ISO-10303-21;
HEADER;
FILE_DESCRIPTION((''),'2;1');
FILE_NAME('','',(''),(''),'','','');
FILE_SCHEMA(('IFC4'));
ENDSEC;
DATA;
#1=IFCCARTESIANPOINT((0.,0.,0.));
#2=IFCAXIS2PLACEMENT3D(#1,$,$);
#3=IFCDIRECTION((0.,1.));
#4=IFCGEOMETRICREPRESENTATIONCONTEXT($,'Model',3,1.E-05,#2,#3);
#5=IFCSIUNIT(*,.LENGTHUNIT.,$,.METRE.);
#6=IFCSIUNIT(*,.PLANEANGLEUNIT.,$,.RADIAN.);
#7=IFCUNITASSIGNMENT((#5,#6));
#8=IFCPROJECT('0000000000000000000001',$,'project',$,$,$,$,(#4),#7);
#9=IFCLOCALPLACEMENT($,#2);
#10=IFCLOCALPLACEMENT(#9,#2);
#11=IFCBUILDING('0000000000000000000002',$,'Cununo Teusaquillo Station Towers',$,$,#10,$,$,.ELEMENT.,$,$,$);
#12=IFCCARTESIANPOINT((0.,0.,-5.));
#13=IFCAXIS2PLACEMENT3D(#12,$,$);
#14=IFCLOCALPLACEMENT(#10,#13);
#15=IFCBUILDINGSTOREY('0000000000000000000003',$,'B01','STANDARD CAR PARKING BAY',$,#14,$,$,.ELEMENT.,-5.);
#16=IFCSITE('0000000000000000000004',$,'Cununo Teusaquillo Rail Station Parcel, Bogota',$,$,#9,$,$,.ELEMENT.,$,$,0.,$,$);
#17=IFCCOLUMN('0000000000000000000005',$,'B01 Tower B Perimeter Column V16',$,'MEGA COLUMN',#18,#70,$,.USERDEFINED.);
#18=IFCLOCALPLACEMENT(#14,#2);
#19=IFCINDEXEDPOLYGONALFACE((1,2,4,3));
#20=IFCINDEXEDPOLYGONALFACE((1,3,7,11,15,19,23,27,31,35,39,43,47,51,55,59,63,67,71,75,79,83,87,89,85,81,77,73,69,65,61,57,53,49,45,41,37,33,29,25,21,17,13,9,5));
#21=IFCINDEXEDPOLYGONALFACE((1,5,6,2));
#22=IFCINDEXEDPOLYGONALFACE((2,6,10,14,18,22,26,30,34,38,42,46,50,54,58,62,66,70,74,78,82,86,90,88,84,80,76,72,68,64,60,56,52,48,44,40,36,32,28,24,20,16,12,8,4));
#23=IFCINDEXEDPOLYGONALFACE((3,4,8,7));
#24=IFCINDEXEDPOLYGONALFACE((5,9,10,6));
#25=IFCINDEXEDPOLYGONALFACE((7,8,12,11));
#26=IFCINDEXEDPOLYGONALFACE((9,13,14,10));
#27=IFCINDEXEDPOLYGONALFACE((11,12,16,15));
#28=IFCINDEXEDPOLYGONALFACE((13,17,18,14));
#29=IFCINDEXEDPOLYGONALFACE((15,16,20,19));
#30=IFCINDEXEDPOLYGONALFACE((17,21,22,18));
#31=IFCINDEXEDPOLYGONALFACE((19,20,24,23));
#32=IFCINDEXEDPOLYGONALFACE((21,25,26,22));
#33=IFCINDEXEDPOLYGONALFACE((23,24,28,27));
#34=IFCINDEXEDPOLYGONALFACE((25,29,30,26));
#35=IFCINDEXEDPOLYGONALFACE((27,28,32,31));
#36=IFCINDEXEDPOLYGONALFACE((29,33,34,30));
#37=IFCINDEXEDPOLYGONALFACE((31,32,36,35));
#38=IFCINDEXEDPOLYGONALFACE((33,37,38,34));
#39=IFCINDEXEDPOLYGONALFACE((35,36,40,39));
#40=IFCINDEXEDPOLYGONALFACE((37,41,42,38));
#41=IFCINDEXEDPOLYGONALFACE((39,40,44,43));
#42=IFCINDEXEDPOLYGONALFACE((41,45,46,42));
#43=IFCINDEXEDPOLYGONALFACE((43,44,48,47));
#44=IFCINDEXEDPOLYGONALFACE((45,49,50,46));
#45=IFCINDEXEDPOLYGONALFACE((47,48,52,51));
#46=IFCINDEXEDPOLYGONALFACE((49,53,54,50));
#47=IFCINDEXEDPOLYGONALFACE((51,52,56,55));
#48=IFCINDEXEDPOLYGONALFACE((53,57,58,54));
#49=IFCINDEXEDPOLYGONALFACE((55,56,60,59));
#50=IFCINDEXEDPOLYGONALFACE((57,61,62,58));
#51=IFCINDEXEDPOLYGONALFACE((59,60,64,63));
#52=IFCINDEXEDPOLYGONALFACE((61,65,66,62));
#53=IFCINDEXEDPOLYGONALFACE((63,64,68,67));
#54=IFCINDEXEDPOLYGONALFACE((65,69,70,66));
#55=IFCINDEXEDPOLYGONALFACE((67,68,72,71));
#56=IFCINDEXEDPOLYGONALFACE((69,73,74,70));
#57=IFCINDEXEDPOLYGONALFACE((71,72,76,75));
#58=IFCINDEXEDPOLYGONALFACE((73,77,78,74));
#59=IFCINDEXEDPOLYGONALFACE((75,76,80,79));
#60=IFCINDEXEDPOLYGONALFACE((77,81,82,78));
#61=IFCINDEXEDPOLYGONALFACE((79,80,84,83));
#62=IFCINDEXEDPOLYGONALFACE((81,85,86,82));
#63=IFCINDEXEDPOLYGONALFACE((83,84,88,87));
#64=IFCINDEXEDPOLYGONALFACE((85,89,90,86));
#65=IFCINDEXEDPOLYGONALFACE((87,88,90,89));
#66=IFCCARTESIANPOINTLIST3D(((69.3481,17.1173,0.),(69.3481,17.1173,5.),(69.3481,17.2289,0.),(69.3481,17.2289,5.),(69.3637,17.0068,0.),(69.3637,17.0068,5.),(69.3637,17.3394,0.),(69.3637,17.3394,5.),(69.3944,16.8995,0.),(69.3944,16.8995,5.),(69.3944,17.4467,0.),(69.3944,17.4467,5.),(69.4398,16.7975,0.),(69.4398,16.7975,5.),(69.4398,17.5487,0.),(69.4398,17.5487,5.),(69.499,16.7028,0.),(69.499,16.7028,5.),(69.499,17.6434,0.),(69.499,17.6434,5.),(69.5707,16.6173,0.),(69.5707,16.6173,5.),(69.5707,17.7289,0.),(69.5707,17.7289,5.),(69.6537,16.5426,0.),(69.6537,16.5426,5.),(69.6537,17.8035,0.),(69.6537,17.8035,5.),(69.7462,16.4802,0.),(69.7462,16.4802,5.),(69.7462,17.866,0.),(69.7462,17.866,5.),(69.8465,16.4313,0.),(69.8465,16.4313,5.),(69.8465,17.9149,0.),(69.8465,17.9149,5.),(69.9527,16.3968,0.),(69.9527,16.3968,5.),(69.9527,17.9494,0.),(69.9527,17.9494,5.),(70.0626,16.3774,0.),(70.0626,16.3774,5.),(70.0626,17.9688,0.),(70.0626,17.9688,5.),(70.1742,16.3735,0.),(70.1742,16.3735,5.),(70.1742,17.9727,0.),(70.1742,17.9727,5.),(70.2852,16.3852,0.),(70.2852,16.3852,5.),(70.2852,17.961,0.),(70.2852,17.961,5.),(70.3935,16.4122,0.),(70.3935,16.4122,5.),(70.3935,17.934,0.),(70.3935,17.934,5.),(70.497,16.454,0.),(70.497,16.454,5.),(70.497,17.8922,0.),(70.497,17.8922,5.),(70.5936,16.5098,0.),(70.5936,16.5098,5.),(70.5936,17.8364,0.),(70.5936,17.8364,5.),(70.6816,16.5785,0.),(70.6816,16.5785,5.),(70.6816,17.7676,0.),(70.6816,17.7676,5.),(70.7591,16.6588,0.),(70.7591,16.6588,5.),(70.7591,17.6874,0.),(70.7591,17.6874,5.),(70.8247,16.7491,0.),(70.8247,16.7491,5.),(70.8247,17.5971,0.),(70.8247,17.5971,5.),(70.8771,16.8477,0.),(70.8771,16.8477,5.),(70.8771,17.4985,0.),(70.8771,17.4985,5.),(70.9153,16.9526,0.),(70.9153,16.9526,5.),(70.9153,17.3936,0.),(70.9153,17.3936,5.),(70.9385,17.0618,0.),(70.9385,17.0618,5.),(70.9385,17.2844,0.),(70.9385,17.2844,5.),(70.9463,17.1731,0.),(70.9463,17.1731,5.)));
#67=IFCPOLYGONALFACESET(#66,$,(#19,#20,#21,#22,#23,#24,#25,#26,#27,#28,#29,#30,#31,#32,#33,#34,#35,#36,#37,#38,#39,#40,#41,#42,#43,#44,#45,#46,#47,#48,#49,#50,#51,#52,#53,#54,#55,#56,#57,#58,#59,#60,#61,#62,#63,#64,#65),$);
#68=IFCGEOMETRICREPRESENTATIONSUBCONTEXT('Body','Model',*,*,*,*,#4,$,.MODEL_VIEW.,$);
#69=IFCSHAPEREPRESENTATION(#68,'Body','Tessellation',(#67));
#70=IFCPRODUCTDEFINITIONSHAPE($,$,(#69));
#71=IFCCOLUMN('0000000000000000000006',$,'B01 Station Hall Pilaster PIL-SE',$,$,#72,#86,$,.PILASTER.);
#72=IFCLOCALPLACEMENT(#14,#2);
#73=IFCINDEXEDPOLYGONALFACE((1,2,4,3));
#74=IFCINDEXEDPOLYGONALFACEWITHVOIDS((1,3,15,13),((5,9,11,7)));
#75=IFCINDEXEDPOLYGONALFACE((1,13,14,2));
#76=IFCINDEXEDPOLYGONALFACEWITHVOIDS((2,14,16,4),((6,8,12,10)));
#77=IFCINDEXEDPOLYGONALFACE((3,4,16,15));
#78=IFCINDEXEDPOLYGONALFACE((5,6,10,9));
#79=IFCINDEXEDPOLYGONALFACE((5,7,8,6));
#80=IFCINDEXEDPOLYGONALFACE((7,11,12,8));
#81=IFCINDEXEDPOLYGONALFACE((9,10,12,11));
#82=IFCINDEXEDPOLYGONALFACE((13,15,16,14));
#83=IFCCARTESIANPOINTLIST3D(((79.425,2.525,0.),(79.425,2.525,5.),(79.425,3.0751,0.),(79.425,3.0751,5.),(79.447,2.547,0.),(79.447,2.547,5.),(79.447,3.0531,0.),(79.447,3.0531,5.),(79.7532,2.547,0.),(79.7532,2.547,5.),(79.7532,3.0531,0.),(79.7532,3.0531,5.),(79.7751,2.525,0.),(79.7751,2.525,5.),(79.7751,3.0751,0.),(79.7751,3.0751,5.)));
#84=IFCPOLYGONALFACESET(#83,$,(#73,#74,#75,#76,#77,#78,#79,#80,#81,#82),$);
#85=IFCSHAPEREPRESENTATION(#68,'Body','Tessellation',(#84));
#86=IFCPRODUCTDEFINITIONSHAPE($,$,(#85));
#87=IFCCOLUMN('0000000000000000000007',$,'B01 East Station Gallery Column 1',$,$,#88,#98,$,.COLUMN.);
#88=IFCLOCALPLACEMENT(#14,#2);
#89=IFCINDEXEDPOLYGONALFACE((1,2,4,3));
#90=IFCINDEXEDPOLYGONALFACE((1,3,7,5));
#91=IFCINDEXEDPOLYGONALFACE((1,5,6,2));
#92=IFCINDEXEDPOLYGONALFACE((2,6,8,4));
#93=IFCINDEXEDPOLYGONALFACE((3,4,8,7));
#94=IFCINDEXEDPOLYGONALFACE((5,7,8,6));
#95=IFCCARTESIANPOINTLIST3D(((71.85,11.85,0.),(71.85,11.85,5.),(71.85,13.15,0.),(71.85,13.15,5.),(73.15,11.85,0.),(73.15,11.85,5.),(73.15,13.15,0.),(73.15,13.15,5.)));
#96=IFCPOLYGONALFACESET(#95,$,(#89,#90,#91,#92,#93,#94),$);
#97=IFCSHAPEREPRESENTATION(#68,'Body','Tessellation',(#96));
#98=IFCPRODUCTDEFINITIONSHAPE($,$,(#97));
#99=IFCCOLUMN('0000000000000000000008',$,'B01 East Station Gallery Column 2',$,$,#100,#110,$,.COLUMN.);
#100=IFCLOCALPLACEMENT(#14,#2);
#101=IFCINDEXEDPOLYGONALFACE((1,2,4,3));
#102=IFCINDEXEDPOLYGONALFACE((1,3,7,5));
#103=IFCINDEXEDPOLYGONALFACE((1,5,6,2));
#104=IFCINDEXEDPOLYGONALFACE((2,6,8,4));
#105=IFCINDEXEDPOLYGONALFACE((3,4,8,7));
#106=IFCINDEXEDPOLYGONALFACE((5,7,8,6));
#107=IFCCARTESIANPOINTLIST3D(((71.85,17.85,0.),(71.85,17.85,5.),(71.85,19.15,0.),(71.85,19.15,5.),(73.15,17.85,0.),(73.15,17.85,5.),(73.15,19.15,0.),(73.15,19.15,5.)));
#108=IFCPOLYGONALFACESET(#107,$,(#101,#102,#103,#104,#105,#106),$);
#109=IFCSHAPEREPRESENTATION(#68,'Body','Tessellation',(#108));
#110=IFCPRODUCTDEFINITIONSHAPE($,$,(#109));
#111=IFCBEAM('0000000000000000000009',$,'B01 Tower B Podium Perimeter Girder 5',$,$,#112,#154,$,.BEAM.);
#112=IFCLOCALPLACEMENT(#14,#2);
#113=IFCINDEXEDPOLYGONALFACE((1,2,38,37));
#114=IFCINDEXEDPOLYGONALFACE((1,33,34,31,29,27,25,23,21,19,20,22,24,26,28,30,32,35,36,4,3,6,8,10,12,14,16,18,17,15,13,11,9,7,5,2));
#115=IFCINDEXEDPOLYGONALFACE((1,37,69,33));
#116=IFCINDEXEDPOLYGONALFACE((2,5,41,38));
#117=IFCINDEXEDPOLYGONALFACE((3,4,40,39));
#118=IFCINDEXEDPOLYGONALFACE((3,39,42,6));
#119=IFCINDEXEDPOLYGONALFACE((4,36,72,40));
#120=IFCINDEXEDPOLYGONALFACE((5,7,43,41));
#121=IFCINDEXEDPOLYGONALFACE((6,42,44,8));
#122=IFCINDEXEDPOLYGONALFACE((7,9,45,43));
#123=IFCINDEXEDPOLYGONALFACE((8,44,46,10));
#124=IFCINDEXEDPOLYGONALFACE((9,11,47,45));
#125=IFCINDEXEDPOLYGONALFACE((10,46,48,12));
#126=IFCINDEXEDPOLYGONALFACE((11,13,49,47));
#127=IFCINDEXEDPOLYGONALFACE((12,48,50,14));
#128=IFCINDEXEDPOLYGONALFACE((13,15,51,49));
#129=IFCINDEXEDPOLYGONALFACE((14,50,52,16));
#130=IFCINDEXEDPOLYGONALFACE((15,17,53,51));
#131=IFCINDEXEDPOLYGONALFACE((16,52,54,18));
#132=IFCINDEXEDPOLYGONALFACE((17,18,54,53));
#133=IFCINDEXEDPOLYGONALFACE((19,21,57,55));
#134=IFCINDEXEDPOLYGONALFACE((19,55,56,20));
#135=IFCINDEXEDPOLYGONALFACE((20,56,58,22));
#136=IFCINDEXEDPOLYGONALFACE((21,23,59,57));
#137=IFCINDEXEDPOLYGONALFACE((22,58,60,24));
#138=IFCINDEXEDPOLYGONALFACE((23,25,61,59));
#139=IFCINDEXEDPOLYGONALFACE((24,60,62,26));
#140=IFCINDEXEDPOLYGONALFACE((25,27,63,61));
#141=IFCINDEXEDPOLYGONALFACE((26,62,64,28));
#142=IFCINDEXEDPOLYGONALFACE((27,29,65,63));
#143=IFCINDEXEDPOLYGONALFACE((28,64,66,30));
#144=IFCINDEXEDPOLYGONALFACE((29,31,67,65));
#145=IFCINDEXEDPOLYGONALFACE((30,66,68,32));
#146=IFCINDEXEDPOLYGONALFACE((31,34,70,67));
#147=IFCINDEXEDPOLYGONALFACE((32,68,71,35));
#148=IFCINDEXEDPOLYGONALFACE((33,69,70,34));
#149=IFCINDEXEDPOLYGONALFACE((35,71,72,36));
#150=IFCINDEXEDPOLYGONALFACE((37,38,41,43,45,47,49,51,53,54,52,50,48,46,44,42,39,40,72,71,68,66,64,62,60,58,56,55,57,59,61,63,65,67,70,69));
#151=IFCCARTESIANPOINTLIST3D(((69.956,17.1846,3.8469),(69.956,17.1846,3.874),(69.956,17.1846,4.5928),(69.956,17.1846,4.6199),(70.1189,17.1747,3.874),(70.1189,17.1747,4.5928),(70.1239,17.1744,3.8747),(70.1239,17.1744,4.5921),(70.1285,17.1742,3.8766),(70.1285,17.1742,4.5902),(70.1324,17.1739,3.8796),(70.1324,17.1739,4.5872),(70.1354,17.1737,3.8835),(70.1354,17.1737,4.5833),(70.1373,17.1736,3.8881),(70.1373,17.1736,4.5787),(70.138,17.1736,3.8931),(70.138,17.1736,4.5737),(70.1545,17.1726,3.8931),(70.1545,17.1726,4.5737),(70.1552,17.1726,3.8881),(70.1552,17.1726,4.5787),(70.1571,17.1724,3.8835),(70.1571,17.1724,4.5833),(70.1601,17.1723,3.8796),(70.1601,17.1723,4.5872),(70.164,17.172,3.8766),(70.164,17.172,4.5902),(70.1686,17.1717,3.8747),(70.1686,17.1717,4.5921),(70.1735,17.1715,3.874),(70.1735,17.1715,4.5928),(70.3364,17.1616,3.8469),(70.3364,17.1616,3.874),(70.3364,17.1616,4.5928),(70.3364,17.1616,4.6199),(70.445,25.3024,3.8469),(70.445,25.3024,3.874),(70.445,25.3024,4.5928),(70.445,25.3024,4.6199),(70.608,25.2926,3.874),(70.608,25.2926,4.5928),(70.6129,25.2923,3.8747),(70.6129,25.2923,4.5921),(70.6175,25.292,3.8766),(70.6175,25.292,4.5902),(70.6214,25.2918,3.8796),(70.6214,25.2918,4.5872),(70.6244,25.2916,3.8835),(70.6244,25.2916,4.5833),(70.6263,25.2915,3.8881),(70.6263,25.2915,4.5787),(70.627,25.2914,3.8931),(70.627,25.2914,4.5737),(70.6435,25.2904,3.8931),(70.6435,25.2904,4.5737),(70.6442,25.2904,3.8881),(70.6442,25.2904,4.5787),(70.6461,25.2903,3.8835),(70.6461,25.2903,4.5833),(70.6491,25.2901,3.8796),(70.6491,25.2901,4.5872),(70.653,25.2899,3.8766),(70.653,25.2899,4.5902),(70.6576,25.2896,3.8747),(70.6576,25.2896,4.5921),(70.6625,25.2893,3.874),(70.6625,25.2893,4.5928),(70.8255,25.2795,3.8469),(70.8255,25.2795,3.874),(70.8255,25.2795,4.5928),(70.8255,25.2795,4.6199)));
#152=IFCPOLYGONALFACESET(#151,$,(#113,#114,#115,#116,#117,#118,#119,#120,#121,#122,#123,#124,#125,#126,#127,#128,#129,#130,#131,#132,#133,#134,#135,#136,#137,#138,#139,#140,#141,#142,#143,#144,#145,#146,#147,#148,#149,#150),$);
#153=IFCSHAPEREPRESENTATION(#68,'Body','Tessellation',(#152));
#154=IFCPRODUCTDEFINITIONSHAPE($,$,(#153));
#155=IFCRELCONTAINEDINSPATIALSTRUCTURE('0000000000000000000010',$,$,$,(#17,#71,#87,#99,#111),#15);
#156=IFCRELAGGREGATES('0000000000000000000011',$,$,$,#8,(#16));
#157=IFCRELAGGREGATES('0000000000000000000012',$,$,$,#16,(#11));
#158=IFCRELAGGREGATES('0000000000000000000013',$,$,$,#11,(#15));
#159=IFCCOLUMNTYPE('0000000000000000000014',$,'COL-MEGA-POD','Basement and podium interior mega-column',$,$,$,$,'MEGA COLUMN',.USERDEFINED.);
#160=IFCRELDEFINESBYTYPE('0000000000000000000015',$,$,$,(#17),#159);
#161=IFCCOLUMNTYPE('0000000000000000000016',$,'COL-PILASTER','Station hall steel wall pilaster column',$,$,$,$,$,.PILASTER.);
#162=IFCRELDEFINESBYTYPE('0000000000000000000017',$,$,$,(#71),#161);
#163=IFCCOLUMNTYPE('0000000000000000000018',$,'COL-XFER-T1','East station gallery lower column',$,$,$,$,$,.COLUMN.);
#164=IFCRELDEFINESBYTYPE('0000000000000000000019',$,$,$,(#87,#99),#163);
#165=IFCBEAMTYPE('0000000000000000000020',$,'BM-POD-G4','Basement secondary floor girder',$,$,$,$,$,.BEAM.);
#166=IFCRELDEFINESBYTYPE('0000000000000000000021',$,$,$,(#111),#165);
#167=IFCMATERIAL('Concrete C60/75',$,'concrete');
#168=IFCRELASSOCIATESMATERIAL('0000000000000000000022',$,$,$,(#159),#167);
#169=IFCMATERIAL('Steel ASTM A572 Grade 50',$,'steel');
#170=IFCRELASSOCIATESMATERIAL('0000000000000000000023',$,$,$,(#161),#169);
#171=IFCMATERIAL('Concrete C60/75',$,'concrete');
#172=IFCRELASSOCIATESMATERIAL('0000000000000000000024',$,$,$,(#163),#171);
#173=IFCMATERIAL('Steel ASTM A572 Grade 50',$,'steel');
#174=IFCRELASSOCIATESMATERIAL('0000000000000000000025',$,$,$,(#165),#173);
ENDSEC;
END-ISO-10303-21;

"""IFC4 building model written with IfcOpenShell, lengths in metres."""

from ifc_helpers import new_model, si_unit, direction, frame, origin, origin_2d, place, context, subcontext, project, spatial, rectangle, hollow_rectangle, circle, i_section, extrude, material, material_profile, profile_set, type_object, element, save


model = new_model("IFC4")

# Units and contexts
model_context = context("Model", 3, precision=1e-05, world=origin(), true_north=direction((0.0, 1.0)))
body_context = subcontext(model_context, "Body", "Model", "MODEL_VIEW")
ifc_project = project(units=[si_unit("LENGTHUNIT", "METRE"), si_unit("PLANEANGLEUNIT", "RADIAN")], contexts=[model_context])

# Site, building, storey
site_placement = place(None, origin())
site = spatial("IfcSite", under=ifc_project, at=site_placement, Name="Cununo Teusaquillo Rail Station Parcel, Bogota", CompositionType="ELEMENT", RefElevation=0.0)
building_placement = place(site_placement, origin())
building = spatial("IfcBuilding", under=site, at=building_placement, Name="Cununo Teusaquillo Station Towers", CompositionType="ELEMENT")
storey_placement = place(building_placement, frame((0.0, 0.0, -5.0)))
storey = spatial("IfcBuildingStorey", under=building, at=storey_placement, Name="B01", Description="STANDARD CAR PARKING BAY", CompositionType="ELEMENT", Elevation=-5.0)

# Columns
ifc_material_1 = material(Name="Concrete C60/75", Category="concrete")
ifc_material_profile_1 = material_profile(ifc_material_1, circle(Radius=0.8, at=origin_2d()), Name="RC-CIRC-1600")
ifc_profile_set_1 = profile_set([ifc_material_profile_1], Name="Concrete C60/75")
column_type_1 = type_object("IfcColumnType", Name="COL-MEGA-POD", Description="Basement and podium interior mega-column", ElementType="MEGA COLUMN", PredefinedType="USERDEFINED", material=ifc_profile_set_1)
column_1_placement = place(storey_placement, frame((70.1462, 17.1731, 0.0), z_axis=(0.0, 0.0, 1.0), x_axis=(1.0, 0.0, 0.0)))
element("IfcColumn", 1, at=column_1_placement, inside=storey, type_object=column_type_1, Name="B01 Tower B Perimeter Column V16", ObjectType="MEGA COLUMN", PredefinedType="USERDEFINED", context=body_context, shape_type="SweptSolid", body=[
    extrude(circle(Radius=0.8, at=origin_2d()), origin(), (0.0, 0.0, 1.0), 5.0),
])
ifc_material_2 = material(Name="Steel ASTM A572 Grade 50", Category="steel")
ifc_material_profile_2 = material_profile(ifc_material_2, hollow_rectangle(XDim=0.3501, YDim=0.55, WallThickness=0.022, at=origin_2d()), Name="RHS 550x350x22")
ifc_profile_set_2 = profile_set([ifc_material_profile_2], Name="Steel ASTM A572 Grade 50")
column_type_2 = type_object("IfcColumnType", Name="COL-PILASTER", Description="Station hall steel wall pilaster column", PredefinedType="PILASTER", material=ifc_profile_set_2)
column_2_placement = place(storey_placement, frame((79.6001, 2.8, 0.0), z_axis=(0.0, 0.0, 1.0), x_axis=(1.0, 0.0, 0.0)))
element("IfcColumn", 2, at=column_2_placement, inside=storey, type_object=column_type_2, Name="B01 Station Hall Pilaster PIL-SE", PredefinedType="PILASTER", context=body_context, shape_type="SweptSolid", body=[
    extrude(hollow_rectangle(XDim=0.3501, YDim=0.55, WallThickness=0.022, at=origin_2d()), origin(), (0.0, 0.0, 1.0), 5.0),
])
ifc_material_3 = material(Name="Concrete C60/75", Category="concrete")
ifc_material_profile_3 = material_profile(ifc_material_3, rectangle(XDim=1.3, YDim=1.3, at=origin_2d()), Name="RC-RECT-1300x1300")
ifc_profile_set_3 = profile_set([ifc_material_profile_3], Name="Concrete C60/75")
column_type_3 = type_object("IfcColumnType", Name="COL-XFER-T1", Description="East station gallery lower column", PredefinedType="COLUMN", material=ifc_profile_set_3)
for number, where, z_axis, x_axis, name in (
    (3, (72.5, 12.5, 0.0), (0.0, 0.0, 1.0), (1.0, 0.0, 0.0), "B01 East Station Gallery Column 1"),
    (4, (72.5, 18.5, 0.0), (0.0, 0.0, 1.0), (1.0, 0.0, 0.0), "B01 East Station Gallery Column 2"),
):
    element("IfcColumn", number, at=place(storey_placement, frame(where, z_axis=z_axis, x_axis=x_axis)), inside=storey, type_object=column_type_3, Name=name, PredefinedType="COLUMN", context=body_context, shape_type="SweptSolid", body=[
        extrude(rectangle(XDim=1.3, YDim=1.3, at=origin_2d()), origin(), (0.0, 0.0, 1.0), 5.0),
    ])

# Beam
ifc_material_4 = material(Name="Steel ASTM A572 Grade 50", Category="steel")
ifc_material_profile_4 = material_profile(ifc_material_4, i_section(OverallWidth=0.3811, OverallDepth=0.7729, WebThickness=0.0166, FlangeThickness=0.0271, FilletRadius=0.019, at=origin_2d()), Name="W30X173")
ifc_profile_set_4 = profile_set([ifc_material_profile_4], Name="Steel ASTM A572 Grade 50")
beam_type_1 = type_object("IfcBeamType", Name="BM-POD-G4", Description="Basement secondary floor girder", PredefinedType="BEAM", material=ifc_profile_set_4)
beam_1_placement = place(storey_placement, frame((70.1462, 17.1731, 4.2334), z_axis=(0.06013, 0.998191, 0.0), x_axis=(-0.998191, 0.06013, 0.0)))
element("IfcBeam", 5, at=beam_1_placement, inside=storey, type_object=beam_type_1, Name="B01 Tower B Podium Perimeter Girder 5", PredefinedType="BEAM", context=body_context, shape_type="SweptSolid", body=[
    extrude(i_section(OverallWidth=0.3811, OverallDepth=0.7729, WebThickness=0.0166, FlangeThickness=0.0271, FilletRadius=0.019, at=origin_2d()), origin(), (0.0, 0.0, 1.0), 8.1326),
])

save(model, "model.ifc")
